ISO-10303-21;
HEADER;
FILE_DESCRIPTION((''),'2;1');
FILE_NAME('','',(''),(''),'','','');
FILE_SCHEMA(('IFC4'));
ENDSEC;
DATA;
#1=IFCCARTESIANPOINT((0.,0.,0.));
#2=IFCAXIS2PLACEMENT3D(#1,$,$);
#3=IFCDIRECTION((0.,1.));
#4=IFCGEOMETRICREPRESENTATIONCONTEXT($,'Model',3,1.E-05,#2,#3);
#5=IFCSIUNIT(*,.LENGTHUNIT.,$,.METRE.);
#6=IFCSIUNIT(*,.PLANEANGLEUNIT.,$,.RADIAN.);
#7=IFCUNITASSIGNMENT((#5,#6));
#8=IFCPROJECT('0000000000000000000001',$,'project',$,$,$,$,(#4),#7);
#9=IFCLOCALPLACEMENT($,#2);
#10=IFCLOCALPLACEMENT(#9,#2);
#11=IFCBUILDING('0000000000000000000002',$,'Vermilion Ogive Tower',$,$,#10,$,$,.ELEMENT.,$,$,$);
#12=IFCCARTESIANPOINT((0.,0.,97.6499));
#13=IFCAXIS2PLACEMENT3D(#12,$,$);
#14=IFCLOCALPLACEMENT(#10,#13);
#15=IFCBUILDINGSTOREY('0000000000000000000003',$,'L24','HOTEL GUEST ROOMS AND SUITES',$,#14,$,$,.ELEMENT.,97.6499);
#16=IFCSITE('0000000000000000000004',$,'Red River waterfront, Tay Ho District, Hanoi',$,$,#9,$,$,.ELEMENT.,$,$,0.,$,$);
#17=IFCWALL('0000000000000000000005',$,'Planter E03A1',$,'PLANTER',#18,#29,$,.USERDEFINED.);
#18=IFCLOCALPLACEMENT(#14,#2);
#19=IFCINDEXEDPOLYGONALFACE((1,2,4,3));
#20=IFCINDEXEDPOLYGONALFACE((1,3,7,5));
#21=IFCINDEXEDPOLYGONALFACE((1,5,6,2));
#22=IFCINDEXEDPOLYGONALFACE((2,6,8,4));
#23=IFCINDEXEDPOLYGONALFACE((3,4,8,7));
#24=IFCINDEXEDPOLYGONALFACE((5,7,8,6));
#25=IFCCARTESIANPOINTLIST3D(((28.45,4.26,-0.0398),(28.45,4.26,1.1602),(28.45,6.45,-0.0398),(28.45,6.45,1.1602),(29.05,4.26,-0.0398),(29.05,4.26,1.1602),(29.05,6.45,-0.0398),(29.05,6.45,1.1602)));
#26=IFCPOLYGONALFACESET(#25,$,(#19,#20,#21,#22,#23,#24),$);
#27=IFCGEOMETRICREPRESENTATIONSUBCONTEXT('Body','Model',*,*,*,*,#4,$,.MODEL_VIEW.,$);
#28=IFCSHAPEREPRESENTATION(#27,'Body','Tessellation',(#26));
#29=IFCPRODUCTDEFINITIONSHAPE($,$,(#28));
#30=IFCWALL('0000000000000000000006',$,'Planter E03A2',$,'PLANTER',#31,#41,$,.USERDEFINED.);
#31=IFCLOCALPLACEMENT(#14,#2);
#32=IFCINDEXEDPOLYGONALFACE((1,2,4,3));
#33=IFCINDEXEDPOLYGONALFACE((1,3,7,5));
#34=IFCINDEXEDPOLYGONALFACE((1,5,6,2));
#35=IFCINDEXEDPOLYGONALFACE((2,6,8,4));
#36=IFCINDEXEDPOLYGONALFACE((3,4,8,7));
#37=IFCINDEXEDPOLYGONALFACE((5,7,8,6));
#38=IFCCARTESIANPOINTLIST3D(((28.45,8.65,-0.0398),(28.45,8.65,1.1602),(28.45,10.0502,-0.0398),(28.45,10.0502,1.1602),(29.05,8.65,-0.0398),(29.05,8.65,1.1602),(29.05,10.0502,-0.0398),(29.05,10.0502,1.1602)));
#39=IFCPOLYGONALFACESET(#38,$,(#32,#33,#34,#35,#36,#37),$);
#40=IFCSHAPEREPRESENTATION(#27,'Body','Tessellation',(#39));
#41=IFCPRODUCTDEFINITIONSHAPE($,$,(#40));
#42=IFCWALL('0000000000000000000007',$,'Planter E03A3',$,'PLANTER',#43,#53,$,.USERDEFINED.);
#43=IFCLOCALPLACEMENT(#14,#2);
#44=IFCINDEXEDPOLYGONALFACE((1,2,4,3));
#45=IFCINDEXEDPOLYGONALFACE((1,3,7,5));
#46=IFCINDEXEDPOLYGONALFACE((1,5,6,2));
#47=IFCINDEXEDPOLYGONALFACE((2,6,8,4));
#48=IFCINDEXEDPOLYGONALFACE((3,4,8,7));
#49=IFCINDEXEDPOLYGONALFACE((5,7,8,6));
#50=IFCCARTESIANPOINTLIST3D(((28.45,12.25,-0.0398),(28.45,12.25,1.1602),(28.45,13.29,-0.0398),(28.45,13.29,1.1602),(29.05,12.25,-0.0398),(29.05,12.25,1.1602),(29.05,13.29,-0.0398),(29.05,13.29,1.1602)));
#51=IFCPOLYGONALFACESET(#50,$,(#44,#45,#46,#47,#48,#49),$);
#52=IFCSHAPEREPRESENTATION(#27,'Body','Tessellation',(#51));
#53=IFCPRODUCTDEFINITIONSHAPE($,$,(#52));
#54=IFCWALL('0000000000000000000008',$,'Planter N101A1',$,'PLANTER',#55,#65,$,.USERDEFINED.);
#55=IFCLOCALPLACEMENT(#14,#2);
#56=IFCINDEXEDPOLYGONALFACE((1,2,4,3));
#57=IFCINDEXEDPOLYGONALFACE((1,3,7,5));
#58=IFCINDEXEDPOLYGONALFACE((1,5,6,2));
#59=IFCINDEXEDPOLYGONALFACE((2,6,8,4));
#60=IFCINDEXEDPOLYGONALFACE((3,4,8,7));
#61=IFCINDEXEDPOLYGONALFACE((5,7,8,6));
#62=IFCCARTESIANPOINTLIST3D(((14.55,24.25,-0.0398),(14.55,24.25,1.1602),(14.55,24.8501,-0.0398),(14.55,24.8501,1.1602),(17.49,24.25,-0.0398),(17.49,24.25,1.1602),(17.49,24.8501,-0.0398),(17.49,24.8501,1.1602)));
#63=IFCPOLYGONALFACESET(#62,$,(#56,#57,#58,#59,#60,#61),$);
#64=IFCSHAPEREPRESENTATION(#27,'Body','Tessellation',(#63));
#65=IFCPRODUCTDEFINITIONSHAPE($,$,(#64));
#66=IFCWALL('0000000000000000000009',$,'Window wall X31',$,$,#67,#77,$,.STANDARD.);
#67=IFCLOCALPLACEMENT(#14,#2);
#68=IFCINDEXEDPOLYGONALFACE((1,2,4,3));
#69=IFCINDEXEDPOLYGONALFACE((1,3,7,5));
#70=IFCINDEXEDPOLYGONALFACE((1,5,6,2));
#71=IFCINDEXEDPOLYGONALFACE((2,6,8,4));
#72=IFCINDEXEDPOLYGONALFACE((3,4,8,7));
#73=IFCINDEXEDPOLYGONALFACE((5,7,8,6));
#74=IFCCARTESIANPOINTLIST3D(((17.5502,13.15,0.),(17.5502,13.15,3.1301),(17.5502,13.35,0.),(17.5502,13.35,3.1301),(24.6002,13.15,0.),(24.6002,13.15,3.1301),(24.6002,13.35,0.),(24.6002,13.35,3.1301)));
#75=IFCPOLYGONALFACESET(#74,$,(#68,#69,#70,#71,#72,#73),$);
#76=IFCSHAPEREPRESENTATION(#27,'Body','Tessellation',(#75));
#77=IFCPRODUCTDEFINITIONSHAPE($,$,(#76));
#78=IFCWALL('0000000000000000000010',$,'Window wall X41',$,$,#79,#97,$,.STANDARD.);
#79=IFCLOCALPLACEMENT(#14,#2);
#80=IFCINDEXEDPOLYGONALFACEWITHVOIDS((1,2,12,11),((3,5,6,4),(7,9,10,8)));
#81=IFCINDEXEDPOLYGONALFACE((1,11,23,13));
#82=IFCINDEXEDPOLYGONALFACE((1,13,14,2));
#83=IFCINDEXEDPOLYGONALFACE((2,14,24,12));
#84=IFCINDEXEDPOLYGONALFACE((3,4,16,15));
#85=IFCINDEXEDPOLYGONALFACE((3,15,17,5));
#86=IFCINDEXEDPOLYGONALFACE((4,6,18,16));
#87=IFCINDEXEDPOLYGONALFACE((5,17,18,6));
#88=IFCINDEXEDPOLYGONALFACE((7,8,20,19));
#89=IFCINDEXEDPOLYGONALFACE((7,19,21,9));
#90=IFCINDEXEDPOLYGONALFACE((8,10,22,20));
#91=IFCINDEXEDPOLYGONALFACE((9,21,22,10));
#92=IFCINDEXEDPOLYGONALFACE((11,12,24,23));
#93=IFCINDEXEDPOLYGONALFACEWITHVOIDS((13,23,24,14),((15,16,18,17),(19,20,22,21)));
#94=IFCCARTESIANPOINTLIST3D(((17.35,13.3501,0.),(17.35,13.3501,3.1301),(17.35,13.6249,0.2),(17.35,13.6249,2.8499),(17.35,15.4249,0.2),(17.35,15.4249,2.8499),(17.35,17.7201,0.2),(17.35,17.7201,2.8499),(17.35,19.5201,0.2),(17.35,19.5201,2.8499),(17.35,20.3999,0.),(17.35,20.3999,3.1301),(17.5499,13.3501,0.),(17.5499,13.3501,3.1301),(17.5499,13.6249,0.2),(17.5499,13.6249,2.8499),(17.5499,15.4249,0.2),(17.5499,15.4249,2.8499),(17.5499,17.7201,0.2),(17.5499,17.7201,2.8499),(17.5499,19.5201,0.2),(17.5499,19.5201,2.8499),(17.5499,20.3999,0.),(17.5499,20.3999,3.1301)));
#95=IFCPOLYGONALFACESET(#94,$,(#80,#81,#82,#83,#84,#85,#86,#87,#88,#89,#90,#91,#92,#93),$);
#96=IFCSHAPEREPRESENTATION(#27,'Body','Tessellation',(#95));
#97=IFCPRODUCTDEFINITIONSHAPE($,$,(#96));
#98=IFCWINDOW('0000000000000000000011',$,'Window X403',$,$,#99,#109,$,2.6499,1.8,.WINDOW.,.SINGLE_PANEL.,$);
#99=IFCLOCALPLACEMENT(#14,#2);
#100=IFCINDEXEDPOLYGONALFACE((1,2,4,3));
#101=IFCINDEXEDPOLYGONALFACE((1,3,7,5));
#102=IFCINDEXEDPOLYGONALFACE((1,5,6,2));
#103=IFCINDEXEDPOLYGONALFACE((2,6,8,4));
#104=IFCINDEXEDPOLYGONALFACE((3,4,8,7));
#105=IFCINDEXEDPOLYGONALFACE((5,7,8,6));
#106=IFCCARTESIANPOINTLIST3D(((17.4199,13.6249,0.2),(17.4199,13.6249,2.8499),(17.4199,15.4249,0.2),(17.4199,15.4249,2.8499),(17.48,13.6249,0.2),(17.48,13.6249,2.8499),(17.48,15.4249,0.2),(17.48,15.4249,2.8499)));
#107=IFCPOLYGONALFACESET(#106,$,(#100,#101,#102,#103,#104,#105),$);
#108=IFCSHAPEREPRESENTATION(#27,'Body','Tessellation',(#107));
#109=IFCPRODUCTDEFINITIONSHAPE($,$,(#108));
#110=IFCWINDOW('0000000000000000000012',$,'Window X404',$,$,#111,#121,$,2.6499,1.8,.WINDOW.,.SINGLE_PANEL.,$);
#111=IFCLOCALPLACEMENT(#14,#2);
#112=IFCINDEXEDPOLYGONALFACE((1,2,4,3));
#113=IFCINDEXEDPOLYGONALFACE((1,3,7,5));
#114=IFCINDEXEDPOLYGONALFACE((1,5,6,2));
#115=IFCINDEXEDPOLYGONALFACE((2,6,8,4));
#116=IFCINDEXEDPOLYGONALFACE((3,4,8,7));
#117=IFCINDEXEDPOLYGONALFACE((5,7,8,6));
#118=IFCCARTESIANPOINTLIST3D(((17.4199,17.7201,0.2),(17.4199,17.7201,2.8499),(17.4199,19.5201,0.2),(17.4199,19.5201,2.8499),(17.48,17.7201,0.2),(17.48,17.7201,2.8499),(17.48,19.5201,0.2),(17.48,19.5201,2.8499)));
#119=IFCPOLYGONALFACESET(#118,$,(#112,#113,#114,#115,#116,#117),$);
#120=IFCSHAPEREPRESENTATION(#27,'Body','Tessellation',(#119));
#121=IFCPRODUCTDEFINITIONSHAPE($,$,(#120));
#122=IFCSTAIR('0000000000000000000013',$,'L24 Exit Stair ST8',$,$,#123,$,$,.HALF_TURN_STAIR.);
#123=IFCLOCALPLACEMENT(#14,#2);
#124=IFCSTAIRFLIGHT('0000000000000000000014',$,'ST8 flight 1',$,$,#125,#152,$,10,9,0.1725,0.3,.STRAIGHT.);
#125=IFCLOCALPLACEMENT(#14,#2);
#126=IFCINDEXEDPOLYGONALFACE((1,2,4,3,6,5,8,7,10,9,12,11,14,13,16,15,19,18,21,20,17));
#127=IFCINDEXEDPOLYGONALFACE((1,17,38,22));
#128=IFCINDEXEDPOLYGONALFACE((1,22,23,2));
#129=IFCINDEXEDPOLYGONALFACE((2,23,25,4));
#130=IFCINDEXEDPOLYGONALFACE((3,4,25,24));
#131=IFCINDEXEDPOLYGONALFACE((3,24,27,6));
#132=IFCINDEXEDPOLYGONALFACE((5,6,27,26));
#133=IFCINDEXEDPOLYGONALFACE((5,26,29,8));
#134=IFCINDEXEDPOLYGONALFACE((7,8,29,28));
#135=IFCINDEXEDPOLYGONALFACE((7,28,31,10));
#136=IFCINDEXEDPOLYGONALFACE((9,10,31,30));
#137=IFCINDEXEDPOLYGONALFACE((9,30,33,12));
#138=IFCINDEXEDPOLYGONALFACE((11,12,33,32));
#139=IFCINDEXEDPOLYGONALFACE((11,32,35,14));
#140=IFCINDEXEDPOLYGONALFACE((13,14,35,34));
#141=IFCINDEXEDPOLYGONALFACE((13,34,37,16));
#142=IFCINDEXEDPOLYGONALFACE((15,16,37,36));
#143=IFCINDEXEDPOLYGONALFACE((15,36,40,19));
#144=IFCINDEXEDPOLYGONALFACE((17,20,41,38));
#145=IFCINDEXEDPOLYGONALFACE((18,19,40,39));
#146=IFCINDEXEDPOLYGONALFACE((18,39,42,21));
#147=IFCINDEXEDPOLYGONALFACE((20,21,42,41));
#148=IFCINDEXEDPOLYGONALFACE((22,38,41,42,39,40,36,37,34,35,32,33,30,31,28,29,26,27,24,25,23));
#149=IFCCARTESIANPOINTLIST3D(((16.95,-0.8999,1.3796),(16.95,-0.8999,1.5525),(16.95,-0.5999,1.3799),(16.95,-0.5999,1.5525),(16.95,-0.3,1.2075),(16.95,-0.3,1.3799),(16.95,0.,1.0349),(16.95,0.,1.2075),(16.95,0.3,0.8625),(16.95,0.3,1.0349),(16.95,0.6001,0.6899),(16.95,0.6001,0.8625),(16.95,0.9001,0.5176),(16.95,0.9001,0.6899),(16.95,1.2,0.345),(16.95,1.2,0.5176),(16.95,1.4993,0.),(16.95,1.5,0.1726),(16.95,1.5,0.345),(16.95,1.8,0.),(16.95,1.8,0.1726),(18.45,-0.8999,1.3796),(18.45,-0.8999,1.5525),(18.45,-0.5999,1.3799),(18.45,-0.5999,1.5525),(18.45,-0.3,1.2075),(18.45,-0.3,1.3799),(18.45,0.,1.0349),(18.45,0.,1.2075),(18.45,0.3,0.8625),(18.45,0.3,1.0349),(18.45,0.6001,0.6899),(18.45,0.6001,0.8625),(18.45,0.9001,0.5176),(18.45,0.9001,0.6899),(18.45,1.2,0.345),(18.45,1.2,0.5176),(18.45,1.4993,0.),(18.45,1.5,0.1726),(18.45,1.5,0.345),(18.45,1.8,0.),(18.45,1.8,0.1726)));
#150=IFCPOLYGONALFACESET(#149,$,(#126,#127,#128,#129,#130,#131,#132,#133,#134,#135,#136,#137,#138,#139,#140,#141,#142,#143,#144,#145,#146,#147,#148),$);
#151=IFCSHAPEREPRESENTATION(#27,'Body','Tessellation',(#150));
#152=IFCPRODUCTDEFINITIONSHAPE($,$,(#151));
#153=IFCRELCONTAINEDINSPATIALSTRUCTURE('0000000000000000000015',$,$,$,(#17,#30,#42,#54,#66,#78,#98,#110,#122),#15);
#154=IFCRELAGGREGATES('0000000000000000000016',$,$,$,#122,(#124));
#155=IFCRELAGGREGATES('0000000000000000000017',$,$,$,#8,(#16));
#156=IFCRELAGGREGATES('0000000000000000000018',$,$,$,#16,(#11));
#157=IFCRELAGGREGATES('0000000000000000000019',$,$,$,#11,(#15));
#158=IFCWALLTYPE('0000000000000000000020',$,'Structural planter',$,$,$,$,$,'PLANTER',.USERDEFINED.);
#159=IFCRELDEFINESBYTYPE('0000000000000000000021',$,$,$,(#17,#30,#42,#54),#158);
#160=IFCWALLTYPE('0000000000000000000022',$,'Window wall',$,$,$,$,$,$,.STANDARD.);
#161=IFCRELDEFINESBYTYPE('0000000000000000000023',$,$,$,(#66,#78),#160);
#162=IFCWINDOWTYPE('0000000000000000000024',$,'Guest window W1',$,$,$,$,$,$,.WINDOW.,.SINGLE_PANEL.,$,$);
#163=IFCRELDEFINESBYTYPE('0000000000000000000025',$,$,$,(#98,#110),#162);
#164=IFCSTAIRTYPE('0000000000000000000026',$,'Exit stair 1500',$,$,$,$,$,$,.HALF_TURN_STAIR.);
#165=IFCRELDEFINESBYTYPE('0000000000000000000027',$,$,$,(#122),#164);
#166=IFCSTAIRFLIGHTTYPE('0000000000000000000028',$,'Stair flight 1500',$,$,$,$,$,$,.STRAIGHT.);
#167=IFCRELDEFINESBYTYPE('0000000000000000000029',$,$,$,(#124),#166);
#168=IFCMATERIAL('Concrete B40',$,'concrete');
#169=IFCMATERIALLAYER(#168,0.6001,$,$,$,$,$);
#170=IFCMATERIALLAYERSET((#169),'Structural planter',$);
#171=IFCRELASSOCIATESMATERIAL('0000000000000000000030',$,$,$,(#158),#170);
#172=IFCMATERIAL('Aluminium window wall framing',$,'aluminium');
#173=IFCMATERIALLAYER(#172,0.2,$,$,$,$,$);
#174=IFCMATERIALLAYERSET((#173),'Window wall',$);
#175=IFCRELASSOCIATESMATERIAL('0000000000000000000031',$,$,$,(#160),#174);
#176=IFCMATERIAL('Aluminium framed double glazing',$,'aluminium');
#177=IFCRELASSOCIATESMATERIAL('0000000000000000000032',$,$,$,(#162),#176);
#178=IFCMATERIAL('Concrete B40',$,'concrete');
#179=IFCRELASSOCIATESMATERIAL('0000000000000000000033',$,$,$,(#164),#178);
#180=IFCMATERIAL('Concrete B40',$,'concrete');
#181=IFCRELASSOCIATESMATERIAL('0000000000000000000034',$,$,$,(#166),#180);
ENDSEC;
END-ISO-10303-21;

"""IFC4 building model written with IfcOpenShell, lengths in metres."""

from ifc_helpers import new_model, si_unit, direction, frame, frame_2d, origin, place, context, subcontext, project, spatial, polyline, rectangle, outline, extrude, material, layer, layer_set, type_object, element, fill, aggregate, save


model = new_model("IFC4")

# Units and contexts
model_context = context("Model", 3, precision=1e-05, world=origin(), true_north=direction((0.0, 1.0)))
body_context = subcontext(model_context, "Body", "Model", "MODEL_VIEW")
ifc_project = project(units=[si_unit("LENGTHUNIT", "METRE"), si_unit("PLANEANGLEUNIT", "RADIAN")], contexts=[model_context])

# Site, building, storey
site_placement = place(None, origin())
site = spatial("IfcSite", under=ifc_project, at=site_placement, Name="Red River waterfront, Tay Ho District, Hanoi", CompositionType="ELEMENT", RefElevation=0.0)
building_placement = place(site_placement, origin())
building = spatial("IfcBuilding", under=site, at=building_placement, Name="Vermilion Ogive Tower", CompositionType="ELEMENT")
storey_placement = place(building_placement, frame((0.0, 0.0, 97.6499)))
storey = spatial("IfcBuildingStorey", under=building, at=storey_placement, Name="L24", Description="HOTEL GUEST ROOMS AND SUITES", CompositionType="ELEMENT", Elevation=97.6499)

# Walls
ifc_material_1 = material(Name="Concrete B40", Category="concrete")
ifc_layer_1 = layer(ifc_material_1, 0.6001)
ifc_layer_set_1 = layer_set([ifc_layer_1], Name="Structural planter")
wall_type_1 = type_object("IfcWallType", Name="Structural planter", ElementType="PLANTER", PredefinedType="USERDEFINED", material=ifc_layer_set_1)
wall_1_placement = place(storey_placement, frame((28.75, 4.26, -0.0398), z_axis=(0.0, 0.0, 1.0), x_axis=(0.0, 1.0, 0.0)))
element("IfcWall", 1, at=wall_1_placement, inside=storey, type_object=wall_type_1, Name="Planter E03A1", ObjectType="PLANTER", PredefinedType="USERDEFINED", context=body_context, shape_type="SweptSolid", body=[
    extrude(rectangle(XDim=2.1899, YDim=0.6001, at=frame_2d((1.095, 0.0))), origin(), (0.0, 0.0, 1.0), 1.2),
])
wall_2_placement = place(storey_placement, frame((28.75, 8.6499, -0.0398), z_axis=(0.0, 0.0, 1.0), x_axis=(0.0, 1.0, 0.0)))
element("IfcWall", 2, at=wall_2_placement, inside=storey, type_object=wall_type_1, Name="Planter E03A2", ObjectType="PLANTER", PredefinedType="USERDEFINED", context=body_context, shape_type="SweptSolid", body=[
    extrude(rectangle(XDim=1.4001, YDim=0.6001, at=frame_2d((0.7002, 0.0))), origin(), (0.0, 0.0, 1.0), 1.2),
])
wall_3_placement = place(storey_placement, frame((28.75, 12.25, -0.0398), z_axis=(0.0, 0.0, 1.0), x_axis=(0.0, 1.0, 0.0)))
element("IfcWall", 3, at=wall_3_placement, inside=storey, type_object=wall_type_1, Name="Planter E03A3", ObjectType="PLANTER", PredefinedType="USERDEFINED", context=body_context, shape_type="SweptSolid", body=[
    extrude(rectangle(XDim=1.04, YDim=0.6001, at=frame_2d((0.52, 0.0))), origin(), (0.0, 0.0, 1.0), 1.2),
])
wall_4_placement = place(storey_placement, frame((17.49, 24.55, -0.0398), z_axis=(0.0, 0.0, 1.0), x_axis=(-1.0, 0.0, 0.0)))
element("IfcWall", 4, at=wall_4_placement, inside=storey, type_object=wall_type_1, Name="Planter N101A1", ObjectType="PLANTER", PredefinedType="USERDEFINED", context=body_context, shape_type="SweptSolid", body=[
    extrude(rectangle(XDim=2.9399, YDim=0.6001, at=frame_2d((1.47, 0.0))), origin(), (0.0, 0.0, 1.0), 1.2),
])

# Shared definitions
ifc_material_2 = material(Name="Aluminium window wall framing", Category="aluminium")
ifc_layer_2 = layer(ifc_material_2, 0.2)
ifc_layer_set_2 = layer_set([ifc_layer_2], Name="Window wall")
wall_type_2 = type_object("IfcWallType", Name="Window wall", PredefinedType="STANDARD", material=ifc_layer_set_2)
ifc_material_3 = material(Name="Aluminium framed double glazing", Category="aluminium")
window_type = type_object("IfcWindowType", Name="Guest window W1", PartitioningType="SINGLE_PANEL", PredefinedType="WINDOW", material=ifc_material_3)

# Wall
wall_5_placement = place(storey_placement, frame((24.6001, 13.25, 0.0), z_axis=(0.0, 0.0, 1.0), x_axis=(-1.0, 0.0, 0.0)))
element("IfcWall", 5, at=wall_5_placement, inside=storey, type_object=wall_type_2, Name="Window wall X31", PredefinedType="STANDARD", context=body_context, shape_type="SweptSolid", body=[
    extrude(rectangle(XDim=7.05, YDim=0.2, at=frame_2d((3.5249, 0.0))), origin(), (0.0, 0.0, 1.0), 3.1301),
])

# Wall, openings, windows
wall_6_placement = place(storey_placement, frame((17.45, 13.3501, 0.0), z_axis=(0.0, 0.0, 1.0), x_axis=(0.0, 1.0, 0.0)))
wall_6 = element("IfcWall", 6, at=wall_6_placement, inside=storey, type_object=wall_type_2, Name="Window wall X41", PredefinedType="STANDARD", context=body_context, shape_type="SweptSolid", body=[
    extrude(rectangle(XDim=7.0498, YDim=0.2, at=frame_2d((3.5249, 0.0))), origin(), (0.0, 0.0, 1.0), 3.1301),
])
opening_1_placement = place(wall_6_placement, frame((0.2749, 0.0, 0.2)))
opening_1 = element("IfcOpeningElement", 7, at=opening_1_placement, cuts=wall_6, PredefinedType="OPENING", context=body_context, shape_type="SweptSolid", body=[
    extrude(rectangle(XDim=1.8, YDim=2.6499, at=frame_2d((0.8999, 1.325))), frame((0.0, 0.1099, 0.0), z_axis=(0.0, -1.0, 0.0), x_axis=(1.0, 0.0, 0.0)), (0.0, 0.0, 1.0), 0.22),
])
opening_2_placement = place(wall_6_placement, frame((4.3701, 0.0, 0.2)))
opening_2 = element("IfcOpeningElement", 8, at=opening_2_placement, cuts=wall_6, PredefinedType="OPENING", context=body_context, shape_type="SweptSolid", body=[
    extrude(rectangle(XDim=1.8, YDim=2.6499, at=frame_2d((0.8999, 1.325))), frame((0.0, 0.1099, 0.0), z_axis=(0.0, -1.0, 0.0), x_axis=(1.0, 0.0, 0.0)), (0.0, 0.0, 1.0), 0.22),
])
window_1_placement = place(opening_1_placement, origin())
window_1 = element("IfcWindow", 9, at=window_1_placement, inside=storey, type_object=window_type, Name="Window X403", OverallHeight=2.6499, OverallWidth=1.8, PartitioningType="SINGLE_PANEL", PredefinedType="WINDOW", context=body_context, shape_type="SweptSolid", body=[
    extrude(rectangle(XDim=1.8, YDim=2.6499, at=frame_2d((0.8999, 1.325))), frame((0.0, 0.03, 0.0), z_axis=(0.0, -1.0, 0.0), x_axis=(1.0, 0.0, 0.0)), (0.0, 0.0, 1.0), 0.0601),
])
fill(opening_1, window_1)
window_2_placement = place(opening_2_placement, origin())
window_2 = element("IfcWindow", 10, at=window_2_placement, inside=storey, type_object=window_type, Name="Window X404", OverallHeight=2.6499, OverallWidth=1.8, PartitioningType="SINGLE_PANEL", PredefinedType="WINDOW", context=body_context, shape_type="SweptSolid", body=[
    extrude(rectangle(XDim=1.8, YDim=2.6499, at=frame_2d((0.8999, 1.325))), frame((0.0, 0.03, 0.0), z_axis=(0.0, -1.0, 0.0), x_axis=(1.0, 0.0, 0.0)), (0.0, 0.0, 1.0), 0.0601),
])
fill(opening_2, window_2)

# Stair, stair flight
ifc_material_4 = material(Name="Concrete B40", Category="concrete")
stair_type = type_object("IfcStairType", Name="Exit stair 1500", PredefinedType="HALF_TURN_STAIR", material=ifc_material_4)
stair_placement = place(storey_placement, origin())
stair = element("IfcStair", 11, at=stair_placement, inside=storey, type_object=stair_type, Name="L24 Exit Stair ST8", PredefinedType="HALF_TURN_STAIR")
ifc_material_5 = material(Name="Concrete B40", Category="concrete")
stair_flight_type = type_object("IfcStairFlightType", Name="Stair flight 1500", PredefinedType="STRAIGHT", material=ifc_material_5)
stair_flight_placement = place(storey_placement, frame((17.7, 1.8, 0.0), z_axis=(0.0, 0.0, 1.0), x_axis=(0.0, -1.0, 0.0)))
stair_flight = element("IfcStairFlight", 12, at=stair_flight_placement, type_object=stair_flight_type, Name="ST8 flight 1", NumberOfRisers=10, NumberOfTreads=9, PredefinedType="STRAIGHT", RiserHeight=0.1725, TreadLength=0.3, context=body_context, shape_type="SweptSolid", body=[
    extrude(outline(polyline([(0.0, 0.0), (0.0, 0.1726), (0.3, 0.1726), (0.3, 0.345), (0.6001, 0.345), (0.6001, 0.5176), (0.8999, 0.5176), (0.8999, 0.6899), (1.2, 0.6899), (1.2, 0.8625), (1.5, 0.8625), (1.5, 1.0349), (1.8, 1.0349), (1.8, 1.2075), (2.1001, 1.2075), (2.1001, 1.3799), (2.3999, 1.3799), (2.3999, 1.5525), (2.7, 1.5525), (2.7, 1.7251), (2.7, 1.3796), (0.3008, 0.0), (0.0, 0.0)])), frame((0.0, 0.75, 0.0), z_axis=(0.0, -1.0, 0.0), x_axis=(1.0, 0.0, 0.0)), (0.0, 0.0, 1.0), 1.5),
])
aggregate(stair, [stair_flight])

save(model, "model.ifc")
